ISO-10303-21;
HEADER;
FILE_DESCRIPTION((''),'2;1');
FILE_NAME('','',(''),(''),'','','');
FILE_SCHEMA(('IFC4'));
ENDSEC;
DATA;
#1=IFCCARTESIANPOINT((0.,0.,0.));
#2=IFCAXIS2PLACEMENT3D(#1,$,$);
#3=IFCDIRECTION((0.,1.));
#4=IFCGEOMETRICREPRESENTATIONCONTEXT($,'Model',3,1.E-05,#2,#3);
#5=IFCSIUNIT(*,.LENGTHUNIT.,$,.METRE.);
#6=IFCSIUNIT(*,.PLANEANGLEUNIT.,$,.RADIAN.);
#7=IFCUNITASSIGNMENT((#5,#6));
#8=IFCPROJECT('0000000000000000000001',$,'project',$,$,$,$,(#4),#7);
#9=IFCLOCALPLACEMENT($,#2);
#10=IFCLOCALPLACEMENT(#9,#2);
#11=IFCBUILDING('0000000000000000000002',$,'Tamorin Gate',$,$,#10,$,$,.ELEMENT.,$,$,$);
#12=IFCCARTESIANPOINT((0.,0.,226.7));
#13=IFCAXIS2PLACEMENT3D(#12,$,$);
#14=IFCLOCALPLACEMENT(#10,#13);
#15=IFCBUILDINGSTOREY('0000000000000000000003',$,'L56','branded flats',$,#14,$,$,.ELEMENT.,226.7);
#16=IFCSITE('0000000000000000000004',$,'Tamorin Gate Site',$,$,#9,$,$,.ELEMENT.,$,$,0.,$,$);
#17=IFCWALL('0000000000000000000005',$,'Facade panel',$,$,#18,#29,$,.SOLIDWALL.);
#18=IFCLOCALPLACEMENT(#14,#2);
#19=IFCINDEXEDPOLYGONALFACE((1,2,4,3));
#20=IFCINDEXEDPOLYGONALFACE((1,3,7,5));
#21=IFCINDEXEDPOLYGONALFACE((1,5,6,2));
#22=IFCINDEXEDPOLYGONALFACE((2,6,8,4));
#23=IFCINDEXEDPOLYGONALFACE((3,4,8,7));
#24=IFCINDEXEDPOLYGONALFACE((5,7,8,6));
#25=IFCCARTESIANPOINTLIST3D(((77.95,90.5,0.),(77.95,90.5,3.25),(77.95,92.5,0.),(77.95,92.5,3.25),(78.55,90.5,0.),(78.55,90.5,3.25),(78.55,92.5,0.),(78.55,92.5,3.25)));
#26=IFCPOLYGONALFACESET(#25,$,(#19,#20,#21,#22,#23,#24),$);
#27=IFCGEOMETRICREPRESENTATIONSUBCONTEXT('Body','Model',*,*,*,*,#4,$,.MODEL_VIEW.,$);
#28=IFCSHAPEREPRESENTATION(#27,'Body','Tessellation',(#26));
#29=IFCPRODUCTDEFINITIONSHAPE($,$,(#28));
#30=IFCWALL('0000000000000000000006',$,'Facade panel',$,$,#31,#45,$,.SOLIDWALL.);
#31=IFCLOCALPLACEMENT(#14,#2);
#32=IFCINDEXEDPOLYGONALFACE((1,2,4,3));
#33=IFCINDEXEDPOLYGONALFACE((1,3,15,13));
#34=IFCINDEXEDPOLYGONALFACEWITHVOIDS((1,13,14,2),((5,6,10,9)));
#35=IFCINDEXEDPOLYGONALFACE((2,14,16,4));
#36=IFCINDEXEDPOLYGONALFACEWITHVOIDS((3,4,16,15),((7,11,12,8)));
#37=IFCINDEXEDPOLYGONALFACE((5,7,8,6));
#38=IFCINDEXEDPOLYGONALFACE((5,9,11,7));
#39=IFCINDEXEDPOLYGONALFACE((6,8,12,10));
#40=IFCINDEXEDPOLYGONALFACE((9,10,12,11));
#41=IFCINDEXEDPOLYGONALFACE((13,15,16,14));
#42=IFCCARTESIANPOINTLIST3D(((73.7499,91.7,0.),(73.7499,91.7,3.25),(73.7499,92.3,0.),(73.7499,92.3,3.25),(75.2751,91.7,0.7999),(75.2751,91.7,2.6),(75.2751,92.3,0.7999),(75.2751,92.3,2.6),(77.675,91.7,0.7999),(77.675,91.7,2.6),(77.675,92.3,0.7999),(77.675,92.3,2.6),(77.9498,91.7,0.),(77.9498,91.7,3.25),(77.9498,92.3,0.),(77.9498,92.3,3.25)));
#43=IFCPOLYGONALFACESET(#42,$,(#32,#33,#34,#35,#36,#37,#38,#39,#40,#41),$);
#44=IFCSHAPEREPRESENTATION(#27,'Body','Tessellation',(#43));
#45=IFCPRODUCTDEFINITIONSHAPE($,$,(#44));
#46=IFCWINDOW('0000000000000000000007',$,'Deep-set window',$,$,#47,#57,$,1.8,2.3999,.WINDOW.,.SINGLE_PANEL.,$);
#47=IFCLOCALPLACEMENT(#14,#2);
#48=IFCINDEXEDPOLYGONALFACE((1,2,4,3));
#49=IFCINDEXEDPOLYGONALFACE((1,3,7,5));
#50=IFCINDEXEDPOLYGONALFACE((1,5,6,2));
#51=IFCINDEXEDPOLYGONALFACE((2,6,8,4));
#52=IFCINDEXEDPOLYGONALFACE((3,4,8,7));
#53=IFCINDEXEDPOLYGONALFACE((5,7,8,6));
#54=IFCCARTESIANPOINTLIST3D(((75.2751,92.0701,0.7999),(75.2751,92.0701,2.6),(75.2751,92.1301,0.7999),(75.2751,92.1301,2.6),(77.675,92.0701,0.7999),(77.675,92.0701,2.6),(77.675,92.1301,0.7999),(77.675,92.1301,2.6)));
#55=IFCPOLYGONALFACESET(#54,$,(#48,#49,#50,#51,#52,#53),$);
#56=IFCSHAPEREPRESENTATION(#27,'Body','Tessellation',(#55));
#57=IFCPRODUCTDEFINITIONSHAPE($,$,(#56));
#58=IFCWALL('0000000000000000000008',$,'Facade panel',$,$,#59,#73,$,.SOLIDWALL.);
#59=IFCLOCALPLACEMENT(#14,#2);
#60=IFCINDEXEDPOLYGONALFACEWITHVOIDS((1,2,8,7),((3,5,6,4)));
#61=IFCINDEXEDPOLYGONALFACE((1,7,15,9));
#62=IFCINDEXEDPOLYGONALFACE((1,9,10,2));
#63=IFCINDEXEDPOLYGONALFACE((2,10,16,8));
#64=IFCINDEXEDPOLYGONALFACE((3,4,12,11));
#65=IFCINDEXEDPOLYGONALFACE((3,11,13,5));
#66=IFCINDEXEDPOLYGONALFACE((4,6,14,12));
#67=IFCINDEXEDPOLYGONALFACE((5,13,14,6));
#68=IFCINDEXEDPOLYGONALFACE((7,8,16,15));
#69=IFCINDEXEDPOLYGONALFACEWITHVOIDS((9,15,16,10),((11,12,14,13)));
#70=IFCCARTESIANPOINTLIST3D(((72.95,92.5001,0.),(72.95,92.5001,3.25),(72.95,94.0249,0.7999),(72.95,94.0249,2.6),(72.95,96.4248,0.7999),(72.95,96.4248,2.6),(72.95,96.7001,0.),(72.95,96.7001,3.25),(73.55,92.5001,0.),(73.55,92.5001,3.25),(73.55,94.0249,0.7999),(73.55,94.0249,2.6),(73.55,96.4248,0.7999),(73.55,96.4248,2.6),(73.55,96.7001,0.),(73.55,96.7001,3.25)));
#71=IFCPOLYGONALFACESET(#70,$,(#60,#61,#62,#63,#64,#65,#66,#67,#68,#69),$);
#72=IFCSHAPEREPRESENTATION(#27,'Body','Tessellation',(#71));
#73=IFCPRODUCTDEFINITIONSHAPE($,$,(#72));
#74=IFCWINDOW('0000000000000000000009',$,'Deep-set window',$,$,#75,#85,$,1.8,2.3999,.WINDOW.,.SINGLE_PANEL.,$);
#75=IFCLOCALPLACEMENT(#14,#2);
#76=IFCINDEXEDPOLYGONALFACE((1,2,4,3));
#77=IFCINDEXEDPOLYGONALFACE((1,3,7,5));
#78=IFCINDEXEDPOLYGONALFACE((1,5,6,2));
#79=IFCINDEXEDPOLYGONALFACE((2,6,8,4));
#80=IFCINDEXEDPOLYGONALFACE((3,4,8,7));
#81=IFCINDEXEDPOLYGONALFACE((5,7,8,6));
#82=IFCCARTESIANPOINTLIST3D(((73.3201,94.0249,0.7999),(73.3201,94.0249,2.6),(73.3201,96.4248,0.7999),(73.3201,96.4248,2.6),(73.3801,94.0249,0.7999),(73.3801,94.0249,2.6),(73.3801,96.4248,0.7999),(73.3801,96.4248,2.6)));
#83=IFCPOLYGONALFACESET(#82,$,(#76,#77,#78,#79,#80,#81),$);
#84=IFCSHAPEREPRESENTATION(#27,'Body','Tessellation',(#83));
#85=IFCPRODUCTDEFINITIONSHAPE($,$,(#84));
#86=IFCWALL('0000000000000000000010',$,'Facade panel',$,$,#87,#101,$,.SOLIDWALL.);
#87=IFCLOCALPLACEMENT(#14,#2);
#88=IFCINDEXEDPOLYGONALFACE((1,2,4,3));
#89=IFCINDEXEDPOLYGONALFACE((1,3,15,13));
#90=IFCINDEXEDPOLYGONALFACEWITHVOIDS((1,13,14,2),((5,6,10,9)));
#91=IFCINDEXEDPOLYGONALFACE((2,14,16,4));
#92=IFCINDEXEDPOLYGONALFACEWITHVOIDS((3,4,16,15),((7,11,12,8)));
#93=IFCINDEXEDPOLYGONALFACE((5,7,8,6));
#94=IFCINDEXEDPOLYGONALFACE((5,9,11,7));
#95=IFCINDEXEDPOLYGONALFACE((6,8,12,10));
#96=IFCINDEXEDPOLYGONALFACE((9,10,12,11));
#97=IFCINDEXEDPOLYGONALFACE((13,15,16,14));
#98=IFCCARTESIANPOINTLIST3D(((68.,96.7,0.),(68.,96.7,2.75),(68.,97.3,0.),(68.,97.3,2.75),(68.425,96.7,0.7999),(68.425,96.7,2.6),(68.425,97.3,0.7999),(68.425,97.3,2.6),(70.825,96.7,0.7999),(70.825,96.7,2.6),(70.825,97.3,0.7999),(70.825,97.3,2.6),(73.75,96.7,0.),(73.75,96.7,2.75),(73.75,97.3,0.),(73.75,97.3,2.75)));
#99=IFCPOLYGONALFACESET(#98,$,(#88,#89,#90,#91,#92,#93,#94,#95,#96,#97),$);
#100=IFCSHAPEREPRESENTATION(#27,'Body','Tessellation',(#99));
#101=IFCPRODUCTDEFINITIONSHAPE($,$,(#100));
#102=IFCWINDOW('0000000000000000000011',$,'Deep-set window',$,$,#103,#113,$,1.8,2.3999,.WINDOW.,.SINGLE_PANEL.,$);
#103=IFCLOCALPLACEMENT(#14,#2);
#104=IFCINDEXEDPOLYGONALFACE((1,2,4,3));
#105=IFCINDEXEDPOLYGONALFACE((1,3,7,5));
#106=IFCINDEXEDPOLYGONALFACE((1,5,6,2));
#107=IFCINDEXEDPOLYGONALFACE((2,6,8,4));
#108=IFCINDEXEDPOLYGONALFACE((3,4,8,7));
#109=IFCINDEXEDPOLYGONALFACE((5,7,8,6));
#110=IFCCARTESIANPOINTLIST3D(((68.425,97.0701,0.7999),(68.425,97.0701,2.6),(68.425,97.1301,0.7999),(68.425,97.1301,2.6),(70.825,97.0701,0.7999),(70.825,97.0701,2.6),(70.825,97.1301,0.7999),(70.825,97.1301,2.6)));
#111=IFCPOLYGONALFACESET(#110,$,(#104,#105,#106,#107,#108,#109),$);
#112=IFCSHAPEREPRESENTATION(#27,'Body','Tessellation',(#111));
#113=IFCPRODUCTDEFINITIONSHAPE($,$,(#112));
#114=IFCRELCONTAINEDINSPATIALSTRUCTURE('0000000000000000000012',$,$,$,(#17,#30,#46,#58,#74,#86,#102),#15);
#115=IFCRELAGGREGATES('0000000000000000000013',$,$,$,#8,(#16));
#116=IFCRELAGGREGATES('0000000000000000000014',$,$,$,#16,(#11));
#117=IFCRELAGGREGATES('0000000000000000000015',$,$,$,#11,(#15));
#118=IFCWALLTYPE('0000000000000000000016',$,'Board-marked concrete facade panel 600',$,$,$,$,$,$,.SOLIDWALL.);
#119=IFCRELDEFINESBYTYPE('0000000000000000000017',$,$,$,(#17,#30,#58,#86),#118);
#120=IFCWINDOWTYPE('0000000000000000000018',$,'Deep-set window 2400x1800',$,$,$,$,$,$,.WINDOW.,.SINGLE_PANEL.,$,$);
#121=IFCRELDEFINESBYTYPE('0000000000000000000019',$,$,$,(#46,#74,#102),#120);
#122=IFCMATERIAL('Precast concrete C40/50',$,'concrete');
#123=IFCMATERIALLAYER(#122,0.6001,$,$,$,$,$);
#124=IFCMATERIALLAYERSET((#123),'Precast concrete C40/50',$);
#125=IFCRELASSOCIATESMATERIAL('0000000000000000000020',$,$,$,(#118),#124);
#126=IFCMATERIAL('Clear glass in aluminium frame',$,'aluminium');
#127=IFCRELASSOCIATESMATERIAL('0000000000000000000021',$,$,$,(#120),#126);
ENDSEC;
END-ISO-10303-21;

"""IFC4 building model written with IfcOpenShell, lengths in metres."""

from ifc_helpers import new_model, si_unit, direction, frame, frame_2d, origin, place, context, subcontext, project, spatial, rectangle, extrude, material, layer, layer_set, type_object, element, fill, save


model = new_model("IFC4")

# Units and contexts
model_context = context("Model", 3, precision=1e-05, world=origin(), true_north=direction((0.0, 1.0)))
body_context = subcontext(model_context, "Body", "Model", "MODEL_VIEW")
ifc_project = project(units=[si_unit("LENGTHUNIT", "METRE"), si_unit("PLANEANGLEUNIT", "RADIAN")], contexts=[model_context])

# Site, building, storey
site_placement = place(None, origin())
site = spatial("IfcSite", under=ifc_project, at=site_placement, Name="Tamorin Gate Site", CompositionType="ELEMENT", RefElevation=0.0)
building_placement = place(site_placement, origin())
building = spatial("IfcBuilding", under=site, at=building_placement, Name="Tamorin Gate", CompositionType="ELEMENT")
storey_placement = place(building_placement, frame((0.0, 0.0, 226.7)))
storey = spatial("IfcBuildingStorey", under=building, at=storey_placement, Name="L56", Description="branded flats", CompositionType="ELEMENT", Elevation=226.7)

# Shared definitions
ifc_material_1 = material(Name="Precast concrete C40/50", Category="concrete")
ifc_layer = layer(ifc_material_1, 0.6001)
ifc_layer_set = layer_set([ifc_layer], Name="Precast concrete C40/50")
wall_type = type_object("IfcWallType", Name="Board-marked concrete facade panel 600", PredefinedType="SOLIDWALL", material=ifc_layer_set)
ifc_material_2 = material(Name="Clear glass in aluminium frame", Category="aluminium")
window_type = type_object("IfcWindowType", Name="Deep-set window 2400x1800", PartitioningType="SINGLE_PANEL", PredefinedType="WINDOW", material=ifc_material_2)

# Wall
wall_1_placement = place(storey_placement, frame((78.25, 90.5, 0.0), z_axis=(0.0, 0.0, 1.0), x_axis=(0.0, 1.0, 0.0)))
element("IfcWall", 1, at=wall_1_placement, inside=storey, type_object=wall_type, Name="Facade panel", PredefinedType="SOLIDWALL", context=body_context, shape_type="SweptSolid", body=[
    extrude(rectangle(XDim=2.0, YDim=0.6001, at=frame_2d((1.0, 0.0))), origin(), (0.0, 0.0, 1.0), 3.25),
])

# Walls, openings, windows
wall_2_placement = place(storey_placement, frame((77.95, 92.0, 0.0), z_axis=(0.0, 0.0, 1.0), x_axis=(-1.0, 0.0, 0.0)))
wall_2 = element("IfcWall", 2, at=wall_2_placement, inside=storey, type_object=wall_type, Name="Facade panel", PredefinedType="SOLIDWALL", context=body_context, shape_type="SweptSolid", body=[
    extrude(rectangle(XDim=4.2, YDim=0.6001, at=frame_2d((2.1001, 0.0))), origin(), (0.0, 0.0, 1.0), 3.25),
])
opening_1_placement = place(wall_2_placement, frame((0.2749, 0.0, 0.8)))
opening_1 = element("IfcOpeningElement", 3, at=opening_1_placement, cuts=wall_2, PredefinedType="OPENING", context=body_context, shape_type="SweptSolid", body=[
    extrude(rectangle(XDim=2.3999, YDim=1.8, at=frame_2d((1.2, 0.8999))), frame((0.0, 0.3101, 0.0), z_axis=(0.0, -1.0, 0.0), x_axis=(1.0, 0.0, 0.0)), (0.0, 0.0, 1.0), 0.6201),
])
window_1_placement = place(opening_1_placement, origin())
window_1 = element("IfcWindow", 4, at=window_1_placement, inside=storey, type_object=window_type, Name="Deep-set window", OverallHeight=1.8, OverallWidth=2.3999, PartitioningType="SINGLE_PANEL", PredefinedType="WINDOW", context=body_context, shape_type="SweptSolid", body=[
    extrude(rectangle(XDim=2.3999, YDim=1.8, at=frame_2d((1.2, 0.8999))), frame((0.0, -0.0701, 0.0), z_axis=(0.0, -1.0, 0.0), x_axis=(1.0, 0.0, 0.0)), (0.0, 0.0, 1.0), 0.0601),
])
fill(opening_1, window_1)
wall_3_placement = place(storey_placement, frame((73.25, 92.5, 0.0), z_axis=(0.0, 0.0, 1.0), x_axis=(0.0, 1.0, 0.0)))
wall_3 = element("IfcWall", 5, at=wall_3_placement, inside=storey, type_object=wall_type, Name="Facade panel", PredefinedType="SOLIDWALL", context=body_context, shape_type="SweptSolid", body=[
    extrude(rectangle(XDim=4.2, YDim=0.6001, at=frame_2d((2.1001, 0.0))), origin(), (0.0, 0.0, 1.0), 3.25),
])
opening_2_placement = place(wall_3_placement, frame((1.5249, 0.0, 0.8)))
opening_2 = element("IfcOpeningElement", 6, at=opening_2_placement, cuts=wall_3, PredefinedType="OPENING", context=body_context, shape_type="SweptSolid", body=[
    extrude(rectangle(XDim=2.3999, YDim=1.8, at=frame_2d((1.2, 0.8999))), frame((0.0, 0.3101, 0.0), z_axis=(0.0, -1.0, 0.0), x_axis=(1.0, 0.0, 0.0)), (0.0, 0.0, 1.0), 0.6201),
])
window_2_placement = place(opening_2_placement, origin())
window_2 = element("IfcWindow", 7, at=window_2_placement, inside=storey, type_object=window_type, Name="Deep-set window", OverallHeight=1.8, OverallWidth=2.3999, PartitioningType="SINGLE_PANEL", PredefinedType="WINDOW", context=body_context, shape_type="SweptSolid", body=[
    extrude(rectangle(XDim=2.3999, YDim=1.8, at=frame_2d((1.2, 0.8999))), frame((0.0, -0.0701, 0.0), z_axis=(0.0, -1.0, 0.0), x_axis=(1.0, 0.0, 0.0)), (0.0, 0.0, 1.0), 0.0601),
])
fill(opening_2, window_2)
wall_4_placement = place(storey_placement, frame((73.75, 97.0, 0.0), z_axis=(0.0, 0.0, 1.0), x_axis=(-1.0, 0.0, 0.0)))
wall_4 = element("IfcWall", 8, at=wall_4_placement, inside=storey, type_object=wall_type, Name="Facade panel", PredefinedType="SOLIDWALL", context=body_context, shape_type="SweptSolid", body=[
    extrude(rectangle(XDim=5.75, YDim=0.6001, at=frame_2d((2.875, 0.0))), origin(), (0.0, 0.0, 1.0), 2.75),
])
opening_3_placement = place(wall_4_placement, frame((2.925, 0.0, 0.8)))
opening_3 = element("IfcOpeningElement", 9, at=opening_3_placement, cuts=wall_4, PredefinedType="OPENING", context=body_context, shape_type="SweptSolid", body=[
    extrude(rectangle(XDim=2.3999, YDim=1.8, at=frame_2d((1.2, 0.8999))), frame((0.0, 0.3101, 0.0), z_axis=(0.0, -1.0, 0.0), x_axis=(1.0, 0.0, 0.0)), (0.0, 0.0, 1.0), 0.6201),
])
window_3_placement = place(opening_3_placement, origin())
window_3 = element("IfcWindow", 10, at=window_3_placement, inside=storey, type_object=window_type, Name="Deep-set window", OverallHeight=1.8, OverallWidth=2.3999, PartitioningType="SINGLE_PANEL", PredefinedType="WINDOW", context=body_context, shape_type="SweptSolid", body=[
    extrude(rectangle(XDim=2.3999, YDim=1.8, at=frame_2d((1.2, 0.8999))), frame((0.0, -0.0701, 0.0), z_axis=(0.0, -1.0, 0.0), x_axis=(1.0, 0.0, 0.0)), (0.0, 0.0, 1.0), 0.0601),
])
fill(opening_3, window_3)

save(model, "model.ifc")
